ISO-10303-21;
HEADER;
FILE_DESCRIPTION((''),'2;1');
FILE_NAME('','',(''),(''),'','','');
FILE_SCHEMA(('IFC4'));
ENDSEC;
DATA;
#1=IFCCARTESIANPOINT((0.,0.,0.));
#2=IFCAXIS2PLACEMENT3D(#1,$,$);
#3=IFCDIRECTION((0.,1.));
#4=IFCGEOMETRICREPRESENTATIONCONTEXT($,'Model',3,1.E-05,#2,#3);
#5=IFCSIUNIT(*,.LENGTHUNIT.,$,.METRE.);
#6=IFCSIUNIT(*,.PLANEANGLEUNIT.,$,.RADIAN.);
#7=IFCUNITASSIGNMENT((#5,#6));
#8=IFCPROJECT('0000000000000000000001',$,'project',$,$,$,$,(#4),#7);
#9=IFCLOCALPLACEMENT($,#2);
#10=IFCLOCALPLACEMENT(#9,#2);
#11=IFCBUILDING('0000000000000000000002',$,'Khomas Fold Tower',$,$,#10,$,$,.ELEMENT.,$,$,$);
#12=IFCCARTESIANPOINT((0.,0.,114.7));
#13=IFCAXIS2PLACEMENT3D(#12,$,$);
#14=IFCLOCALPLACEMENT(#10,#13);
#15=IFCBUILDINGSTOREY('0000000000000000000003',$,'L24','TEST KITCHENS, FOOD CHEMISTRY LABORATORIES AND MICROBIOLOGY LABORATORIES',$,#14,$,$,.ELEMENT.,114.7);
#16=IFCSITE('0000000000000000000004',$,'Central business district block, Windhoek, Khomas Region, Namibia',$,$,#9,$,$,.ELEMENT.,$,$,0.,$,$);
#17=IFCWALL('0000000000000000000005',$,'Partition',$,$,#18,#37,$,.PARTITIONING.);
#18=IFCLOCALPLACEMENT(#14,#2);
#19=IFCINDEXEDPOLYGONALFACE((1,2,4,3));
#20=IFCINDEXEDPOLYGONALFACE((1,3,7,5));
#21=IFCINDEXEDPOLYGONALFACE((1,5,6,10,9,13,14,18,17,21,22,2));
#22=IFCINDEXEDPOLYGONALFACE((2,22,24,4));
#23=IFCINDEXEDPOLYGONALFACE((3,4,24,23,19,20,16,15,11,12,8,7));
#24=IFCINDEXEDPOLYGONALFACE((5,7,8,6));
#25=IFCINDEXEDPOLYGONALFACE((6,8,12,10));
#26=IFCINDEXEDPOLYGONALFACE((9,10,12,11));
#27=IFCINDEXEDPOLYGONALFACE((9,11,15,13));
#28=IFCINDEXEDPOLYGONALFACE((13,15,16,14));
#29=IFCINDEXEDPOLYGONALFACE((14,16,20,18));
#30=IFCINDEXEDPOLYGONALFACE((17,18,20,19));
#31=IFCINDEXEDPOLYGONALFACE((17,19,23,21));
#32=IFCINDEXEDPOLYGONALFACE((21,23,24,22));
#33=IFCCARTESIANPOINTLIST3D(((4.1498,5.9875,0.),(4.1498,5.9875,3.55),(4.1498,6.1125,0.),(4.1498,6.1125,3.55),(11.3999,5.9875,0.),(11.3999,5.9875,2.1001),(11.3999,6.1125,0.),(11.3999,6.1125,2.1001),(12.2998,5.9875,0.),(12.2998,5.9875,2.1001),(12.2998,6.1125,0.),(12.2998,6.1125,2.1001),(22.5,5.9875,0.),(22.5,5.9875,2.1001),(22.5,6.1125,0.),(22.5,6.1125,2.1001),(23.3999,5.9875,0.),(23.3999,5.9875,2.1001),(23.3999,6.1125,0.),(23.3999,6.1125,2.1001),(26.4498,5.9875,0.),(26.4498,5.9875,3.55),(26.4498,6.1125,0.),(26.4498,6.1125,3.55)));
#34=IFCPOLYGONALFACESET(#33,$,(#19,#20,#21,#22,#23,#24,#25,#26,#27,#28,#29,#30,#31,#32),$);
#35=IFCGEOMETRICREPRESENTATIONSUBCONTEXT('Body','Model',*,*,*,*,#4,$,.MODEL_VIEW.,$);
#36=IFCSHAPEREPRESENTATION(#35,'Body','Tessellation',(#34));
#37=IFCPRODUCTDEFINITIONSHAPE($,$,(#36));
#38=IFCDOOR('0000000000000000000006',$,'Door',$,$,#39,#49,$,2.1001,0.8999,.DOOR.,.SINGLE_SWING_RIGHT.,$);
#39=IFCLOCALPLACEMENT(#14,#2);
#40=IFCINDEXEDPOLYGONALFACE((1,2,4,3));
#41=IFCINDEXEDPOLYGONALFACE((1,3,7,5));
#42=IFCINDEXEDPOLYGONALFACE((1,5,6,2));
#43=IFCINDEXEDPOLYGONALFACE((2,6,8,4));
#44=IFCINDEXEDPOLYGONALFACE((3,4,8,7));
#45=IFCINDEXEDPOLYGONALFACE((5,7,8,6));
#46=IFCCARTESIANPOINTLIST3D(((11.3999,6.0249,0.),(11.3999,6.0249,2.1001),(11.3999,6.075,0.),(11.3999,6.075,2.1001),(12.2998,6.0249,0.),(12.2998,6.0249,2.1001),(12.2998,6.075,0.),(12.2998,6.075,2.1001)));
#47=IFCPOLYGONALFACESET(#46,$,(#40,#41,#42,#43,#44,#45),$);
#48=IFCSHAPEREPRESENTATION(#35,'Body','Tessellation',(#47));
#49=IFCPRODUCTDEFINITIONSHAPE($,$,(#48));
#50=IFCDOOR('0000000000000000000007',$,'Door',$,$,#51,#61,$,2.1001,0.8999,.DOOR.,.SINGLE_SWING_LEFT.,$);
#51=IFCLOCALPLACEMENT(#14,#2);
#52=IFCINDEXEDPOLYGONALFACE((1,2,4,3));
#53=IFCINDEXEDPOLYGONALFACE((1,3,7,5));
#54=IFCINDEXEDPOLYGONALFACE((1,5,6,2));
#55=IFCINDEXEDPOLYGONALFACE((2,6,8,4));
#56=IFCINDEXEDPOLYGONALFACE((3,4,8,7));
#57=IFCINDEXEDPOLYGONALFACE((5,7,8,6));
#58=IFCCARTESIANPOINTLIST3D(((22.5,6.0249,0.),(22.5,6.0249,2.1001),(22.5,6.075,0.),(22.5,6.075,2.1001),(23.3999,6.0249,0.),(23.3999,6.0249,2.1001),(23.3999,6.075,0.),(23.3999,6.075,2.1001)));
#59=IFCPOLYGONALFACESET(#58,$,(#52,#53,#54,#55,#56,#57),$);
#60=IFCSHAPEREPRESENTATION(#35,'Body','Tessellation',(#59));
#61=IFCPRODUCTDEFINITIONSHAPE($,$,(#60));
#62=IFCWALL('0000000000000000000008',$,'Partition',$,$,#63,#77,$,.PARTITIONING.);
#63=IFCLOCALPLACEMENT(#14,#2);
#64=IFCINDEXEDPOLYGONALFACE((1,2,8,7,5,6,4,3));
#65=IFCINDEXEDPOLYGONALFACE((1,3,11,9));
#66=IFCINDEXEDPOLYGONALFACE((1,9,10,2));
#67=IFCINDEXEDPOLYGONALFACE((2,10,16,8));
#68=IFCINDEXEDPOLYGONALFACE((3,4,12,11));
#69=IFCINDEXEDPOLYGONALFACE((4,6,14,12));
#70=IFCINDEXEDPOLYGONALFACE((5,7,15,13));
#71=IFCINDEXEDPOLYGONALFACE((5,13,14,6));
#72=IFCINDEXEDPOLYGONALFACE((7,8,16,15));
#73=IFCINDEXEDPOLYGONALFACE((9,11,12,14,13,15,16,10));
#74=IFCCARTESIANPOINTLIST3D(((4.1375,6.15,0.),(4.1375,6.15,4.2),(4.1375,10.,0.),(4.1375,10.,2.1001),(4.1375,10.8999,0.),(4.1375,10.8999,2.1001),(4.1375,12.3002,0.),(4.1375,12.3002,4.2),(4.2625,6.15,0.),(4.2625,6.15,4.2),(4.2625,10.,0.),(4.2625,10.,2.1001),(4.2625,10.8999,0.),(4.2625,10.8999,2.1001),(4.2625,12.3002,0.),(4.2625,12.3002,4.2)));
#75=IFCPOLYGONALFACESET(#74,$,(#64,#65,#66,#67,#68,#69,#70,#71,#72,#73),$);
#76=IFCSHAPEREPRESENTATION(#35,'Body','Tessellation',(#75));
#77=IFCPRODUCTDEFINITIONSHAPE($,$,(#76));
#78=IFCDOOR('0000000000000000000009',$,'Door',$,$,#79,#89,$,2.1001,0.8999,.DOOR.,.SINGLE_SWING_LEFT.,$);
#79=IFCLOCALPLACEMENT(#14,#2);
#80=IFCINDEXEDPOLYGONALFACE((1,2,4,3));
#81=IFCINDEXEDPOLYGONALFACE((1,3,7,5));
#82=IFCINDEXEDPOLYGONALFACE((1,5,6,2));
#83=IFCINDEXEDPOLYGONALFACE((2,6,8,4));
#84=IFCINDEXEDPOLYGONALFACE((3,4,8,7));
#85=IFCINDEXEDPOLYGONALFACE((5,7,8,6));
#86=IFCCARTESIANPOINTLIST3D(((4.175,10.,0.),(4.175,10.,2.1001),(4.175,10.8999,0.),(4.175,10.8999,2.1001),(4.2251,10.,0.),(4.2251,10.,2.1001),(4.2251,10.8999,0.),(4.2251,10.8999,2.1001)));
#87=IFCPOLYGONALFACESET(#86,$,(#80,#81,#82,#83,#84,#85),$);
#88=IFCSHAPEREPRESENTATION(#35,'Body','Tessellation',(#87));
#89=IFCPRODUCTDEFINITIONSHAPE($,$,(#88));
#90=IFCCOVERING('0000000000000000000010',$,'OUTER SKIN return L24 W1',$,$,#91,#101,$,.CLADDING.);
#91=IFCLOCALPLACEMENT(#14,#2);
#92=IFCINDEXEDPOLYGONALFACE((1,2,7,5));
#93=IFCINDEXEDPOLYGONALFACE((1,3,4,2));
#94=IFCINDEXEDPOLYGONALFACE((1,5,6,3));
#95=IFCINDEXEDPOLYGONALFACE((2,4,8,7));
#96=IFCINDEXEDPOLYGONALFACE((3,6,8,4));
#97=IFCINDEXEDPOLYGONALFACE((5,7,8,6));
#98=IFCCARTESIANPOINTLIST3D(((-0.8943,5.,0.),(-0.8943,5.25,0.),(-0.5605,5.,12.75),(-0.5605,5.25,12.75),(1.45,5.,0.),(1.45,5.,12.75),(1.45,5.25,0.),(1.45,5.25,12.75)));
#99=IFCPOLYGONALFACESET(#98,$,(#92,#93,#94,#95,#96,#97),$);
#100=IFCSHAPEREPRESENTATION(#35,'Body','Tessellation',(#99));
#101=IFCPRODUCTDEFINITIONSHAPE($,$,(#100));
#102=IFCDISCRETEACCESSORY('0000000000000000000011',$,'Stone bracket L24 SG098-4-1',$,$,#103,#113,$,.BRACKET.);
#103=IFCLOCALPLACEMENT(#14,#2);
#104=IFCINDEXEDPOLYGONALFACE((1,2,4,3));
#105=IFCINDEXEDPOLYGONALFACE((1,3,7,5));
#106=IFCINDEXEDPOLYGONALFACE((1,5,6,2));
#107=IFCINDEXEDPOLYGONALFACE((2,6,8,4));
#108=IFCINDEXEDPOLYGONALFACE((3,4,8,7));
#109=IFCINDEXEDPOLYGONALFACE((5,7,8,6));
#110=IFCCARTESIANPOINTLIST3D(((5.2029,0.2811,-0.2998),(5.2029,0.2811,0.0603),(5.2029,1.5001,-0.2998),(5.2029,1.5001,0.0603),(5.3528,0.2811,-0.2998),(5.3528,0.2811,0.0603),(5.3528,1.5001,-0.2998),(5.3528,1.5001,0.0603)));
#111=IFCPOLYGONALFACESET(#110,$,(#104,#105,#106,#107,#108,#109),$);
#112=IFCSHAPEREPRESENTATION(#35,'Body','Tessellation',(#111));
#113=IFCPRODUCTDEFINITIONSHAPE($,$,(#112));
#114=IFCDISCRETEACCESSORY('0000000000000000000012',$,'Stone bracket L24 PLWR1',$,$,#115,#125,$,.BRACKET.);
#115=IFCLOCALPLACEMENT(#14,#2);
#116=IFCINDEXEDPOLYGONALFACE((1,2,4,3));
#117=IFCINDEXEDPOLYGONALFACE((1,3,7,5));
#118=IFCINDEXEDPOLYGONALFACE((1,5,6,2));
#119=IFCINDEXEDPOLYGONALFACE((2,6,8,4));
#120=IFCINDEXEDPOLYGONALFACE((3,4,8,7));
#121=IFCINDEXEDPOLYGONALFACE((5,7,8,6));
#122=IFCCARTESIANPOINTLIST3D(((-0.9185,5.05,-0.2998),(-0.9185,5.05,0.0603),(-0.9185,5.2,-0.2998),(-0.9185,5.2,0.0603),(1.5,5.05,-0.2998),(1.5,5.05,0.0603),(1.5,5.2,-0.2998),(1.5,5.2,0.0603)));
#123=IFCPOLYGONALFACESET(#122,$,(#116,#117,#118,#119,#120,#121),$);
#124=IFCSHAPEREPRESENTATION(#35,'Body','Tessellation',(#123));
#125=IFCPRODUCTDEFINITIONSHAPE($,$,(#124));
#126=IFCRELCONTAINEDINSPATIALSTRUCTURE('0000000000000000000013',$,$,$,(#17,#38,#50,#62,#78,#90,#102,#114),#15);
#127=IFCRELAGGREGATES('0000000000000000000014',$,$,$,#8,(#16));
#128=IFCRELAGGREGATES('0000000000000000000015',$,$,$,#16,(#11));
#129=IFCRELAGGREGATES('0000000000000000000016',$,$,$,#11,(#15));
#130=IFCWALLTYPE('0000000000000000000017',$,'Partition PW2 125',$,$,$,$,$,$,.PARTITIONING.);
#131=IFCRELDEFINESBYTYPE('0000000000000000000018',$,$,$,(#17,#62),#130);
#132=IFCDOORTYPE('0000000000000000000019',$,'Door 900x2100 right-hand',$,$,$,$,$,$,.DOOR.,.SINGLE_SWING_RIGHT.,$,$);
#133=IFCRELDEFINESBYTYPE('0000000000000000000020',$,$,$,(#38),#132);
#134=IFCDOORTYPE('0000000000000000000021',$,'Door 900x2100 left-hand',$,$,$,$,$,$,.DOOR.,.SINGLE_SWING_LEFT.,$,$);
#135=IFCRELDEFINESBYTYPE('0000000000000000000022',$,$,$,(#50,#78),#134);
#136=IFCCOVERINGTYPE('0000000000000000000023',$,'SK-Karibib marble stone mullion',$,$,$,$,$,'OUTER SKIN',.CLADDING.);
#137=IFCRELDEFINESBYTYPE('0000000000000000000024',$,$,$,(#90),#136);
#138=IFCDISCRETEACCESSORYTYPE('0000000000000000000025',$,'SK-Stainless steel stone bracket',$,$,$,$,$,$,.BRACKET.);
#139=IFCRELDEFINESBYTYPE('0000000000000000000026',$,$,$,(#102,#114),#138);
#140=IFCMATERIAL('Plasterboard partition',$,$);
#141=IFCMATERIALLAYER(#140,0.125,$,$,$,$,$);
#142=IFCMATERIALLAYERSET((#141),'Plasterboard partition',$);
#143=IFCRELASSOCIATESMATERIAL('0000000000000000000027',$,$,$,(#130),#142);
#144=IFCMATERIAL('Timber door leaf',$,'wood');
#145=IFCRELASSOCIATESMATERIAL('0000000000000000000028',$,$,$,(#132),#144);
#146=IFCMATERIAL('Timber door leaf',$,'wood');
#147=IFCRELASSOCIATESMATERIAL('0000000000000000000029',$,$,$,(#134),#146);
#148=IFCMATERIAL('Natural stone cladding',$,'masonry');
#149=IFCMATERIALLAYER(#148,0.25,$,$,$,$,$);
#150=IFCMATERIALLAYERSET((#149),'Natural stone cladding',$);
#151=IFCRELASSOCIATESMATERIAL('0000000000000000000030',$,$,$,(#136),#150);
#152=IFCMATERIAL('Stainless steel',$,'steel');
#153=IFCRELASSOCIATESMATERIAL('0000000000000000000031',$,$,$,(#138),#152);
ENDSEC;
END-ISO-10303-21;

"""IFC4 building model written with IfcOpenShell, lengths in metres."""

from ifc_helpers import new_model, si_unit, direction, frame, frame_2d, origin, origin_2d, place, context, subcontext, project, spatial, polyline, rectangle, outline, extrude, source, transform, mapped, material, layer, layer_set, type_object, element, fill, save


model = new_model("IFC4")

# Units and contexts
model_context = context("Model", 3, precision=1e-05, world=origin(), true_north=direction((0.0, 1.0)))
body_context = subcontext(model_context, "Body", "Model", "MODEL_VIEW")
ifc_project = project(units=[si_unit("LENGTHUNIT", "METRE"), si_unit("PLANEANGLEUNIT", "RADIAN")], contexts=[model_context])

# Site, building, storey
site_placement = place(None, origin())
site = spatial("IfcSite", under=ifc_project, at=site_placement, Name="Central business district block, Windhoek, Khomas Region, Namibia", CompositionType="ELEMENT", RefElevation=0.0)
building_placement = place(site_placement, origin())
building = spatial("IfcBuilding", under=site, at=building_placement, Name="Khomas Fold Tower", CompositionType="ELEMENT")
storey_placement = place(building_placement, frame((0.0, 0.0, 114.7)))
storey = spatial("IfcBuildingStorey", under=building, at=storey_placement, Name="L24", Description="TEST KITCHENS, FOOD CHEMISTRY LABORATORIES AND MICROBIOLOGY LABORATORIES", CompositionType="ELEMENT", Elevation=114.7)

# Wall, openings, doors
ifc_material_1 = material(Name="Plasterboard partition")
ifc_layer_1 = layer(ifc_material_1, 0.125)
ifc_layer_set_1 = layer_set([ifc_layer_1], Name="Plasterboard partition")
wall_type_1 = type_object("IfcWallType", Name="Partition PW2 125", PredefinedType="PARTITIONING", material=ifc_layer_set_1)
shared_shape_1 = source(origin(), body_context, "Body", "SweptSolid", [
    extrude(rectangle(XDim=22.3, YDim=0.125, at=frame_2d((11.1499, 0.0))), origin(), (0.0, 0.0, 1.0), 3.55),
])
wall_1_placement = place(storey_placement, frame((4.1499, 6.05, 0.0), z_axis=(0.0, 0.0, 1.0), x_axis=(1.0, 0.0, 0.0)))
wall_1 = element("IfcWall", 1, at=wall_1_placement, inside=storey, type_object=wall_type_1, Name="Partition", PredefinedType="PARTITIONING", context=body_context, shape_type="MappedRepresentation", body=[
    mapped(shared_shape_1, transform((0.0, 0.0, 0.0))),
])
shared_shape_2 = source(origin(), body_context, "Body", "SweptSolid", [
    extrude(rectangle(XDim=0.8999, YDim=2.1001, at=frame_2d((0.45, 1.05))), frame((0.0, 0.0725, 0.0), z_axis=(0.0, -1.0, 0.0), x_axis=(1.0, 0.0, 0.0)), (0.0, 0.0, 1.0), 0.145),
])
opening_1_placement = place(wall_1_placement, frame((7.25, 0.0, 0.0)))
opening_1 = element("IfcOpeningElement", 2, at=opening_1_placement, cuts=wall_1, PredefinedType="OPENING", context=body_context, shape_type="MappedRepresentation", body=[
    mapped(shared_shape_2, transform((0.0, 0.0, 0.0))),
])
opening_2_placement = place(wall_1_placement, frame((18.3501, 0.0, 0.0)))
opening_2 = element("IfcOpeningElement", 3, at=opening_2_placement, cuts=wall_1, PredefinedType="OPENING", context=body_context, shape_type="MappedRepresentation", body=[
    mapped(shared_shape_2, transform((0.0, 0.0, 0.0))),
])
ifc_material_2 = material(Name="Timber door leaf", Category="wood")
door_type_1 = type_object("IfcDoorType", Name="Door 900x2100 right-hand", OperationType="SINGLE_SWING_RIGHT", PredefinedType="DOOR", material=ifc_material_2)
shared_shape_3 = source(origin(), body_context, "Body", "SweptSolid", [
    extrude(rectangle(XDim=0.8999, YDim=2.1001, at=frame_2d((0.45, 1.05))), frame((0.0, 0.0249, 0.0), z_axis=(0.0, -1.0, 0.0), x_axis=(1.0, 0.0, 0.0)), (0.0, 0.0, 1.0), 0.05),
])
door_1_placement = place(opening_1_placement, origin())
door_1 = element("IfcDoor", 4, at=door_1_placement, inside=storey, type_object=door_type_1, Name="Door", OperationType="SINGLE_SWING_RIGHT", OverallHeight=2.1001, OverallWidth=0.8999, PredefinedType="DOOR", context=body_context, shape_type="MappedRepresentation", body=[
    mapped(shared_shape_3, transform((0.0, 0.0, 0.0))),
])
fill(opening_1, door_1)
ifc_material_3 = material(Name="Timber door leaf", Category="wood")
door_type_2 = type_object("IfcDoorType", Name="Door 900x2100 left-hand", OperationType="SINGLE_SWING_LEFT", PredefinedType="DOOR", material=ifc_material_3)
door_2_placement = place(opening_2_placement, origin())
door_2 = element("IfcDoor", 5, at=door_2_placement, inside=storey, type_object=door_type_2, Name="Door", OperationType="SINGLE_SWING_LEFT", OverallHeight=2.1001, OverallWidth=0.8999, PredefinedType="DOOR", context=body_context, shape_type="MappedRepresentation", body=[
    mapped(shared_shape_3, transform((0.0, 0.0, 0.0))),
])
fill(opening_2, door_2)

# Wall, opening, door
shared_shape_4 = source(origin(), body_context, "Body", "SweptSolid", [
    extrude(rectangle(XDim=6.1501, YDim=0.125, at=frame_2d((3.0752, 0.0))), origin(), (0.0, 0.0, 1.0), 4.2),
])
wall_2_placement = place(storey_placement, frame((4.2, 6.1499, 0.0), z_axis=(0.0, 0.0, 1.0), x_axis=(0.0, 1.0, 0.0)))
wall_2 = element("IfcWall", 6, at=wall_2_placement, inside=storey, type_object=wall_type_1, Name="Partition", PredefinedType="PARTITIONING", context=body_context, shape_type="MappedRepresentation", body=[
    mapped(shared_shape_4, transform((0.0, 0.0, 0.0))),
])
opening_3_placement = place(wall_2_placement, frame((3.8501, 0.0, 0.0)))
opening_3 = element("IfcOpeningElement", 7, at=opening_3_placement, cuts=wall_2, PredefinedType="OPENING", context=body_context, shape_type="MappedRepresentation", body=[
    mapped(shared_shape_2, transform((0.0, 0.0, 0.0))),
])
door_3_placement = place(opening_3_placement, origin())
door_3 = element("IfcDoor", 8, at=door_3_placement, inside=storey, type_object=door_type_2, Name="Door", OperationType="SINGLE_SWING_LEFT", OverallHeight=2.1001, OverallWidth=0.8999, PredefinedType="DOOR", context=body_context, shape_type="MappedRepresentation", body=[
    mapped(shared_shape_3, transform((0.0, 0.0, 0.0))),
])
fill(opening_3, door_3)

# Covering
ifc_material_4 = material(Name="Natural stone cladding", Category="masonry")
ifc_layer_2 = layer(ifc_material_4, 0.25)
ifc_layer_set_2 = layer_set([ifc_layer_2], Name="Natural stone cladding")
covering_type = type_object("IfcCoveringType", Name="SK-Karibib marble stone mullion", ElementType="OUTER SKIN", PredefinedType="CLADDING", material=ifc_layer_set_2)
covering_placement = place(storey_placement, frame((1.45, 5.0, 12.75), z_axis=(0.0, -1.0, 0.0), x_axis=(-1.0, 0.0, 0.0)))
element("IfcCovering", 9, at=covering_placement, inside=storey, type_object=covering_type, Name="OUTER SKIN return L24 W1", PredefinedType="CLADDING", context=body_context, shape_type="SweptSolid", body=[
    extrude(outline(polyline([(0.0, 0.0), (2.0105, 0.0), (2.3442, 12.75), (0.0, 12.75), (0.0, 0.0)])), origin(), (0.0, 0.0, -1.0), 0.25),
])

# Discrete accessories
ifc_material_5 = material(Name="Stainless steel", Category="steel")
discrete_accessory_type = type_object("IfcDiscreteAccessoryType", Name="SK-Stainless steel stone bracket", PredefinedType="BRACKET", material=ifc_material_5)
shared_shape_5 = source(origin(), body_context, "Body", "SweptSolid", [
    extrude(rectangle(XDim=1.219, YDim=0.1499, at=origin_2d()), origin(), (0.0, 0.0, 1.0), 0.3601),
])
discrete_accessory_1_placement = place(storey_placement, frame((5.2778, 0.8906, -0.2998), z_axis=(0.0, 0.0, 1.0), x_axis=(0.0, -1.0, 0.0)))
element("IfcDiscreteAccessory", 10, at=discrete_accessory_1_placement, inside=storey, type_object=discrete_accessory_type, Name="Stone bracket L24 SG098-4-1", PredefinedType="BRACKET", context=body_context, shape_type="MappedRepresentation", body=[
    mapped(shared_shape_5, transform((0.0, 0.0, 0.0))),
])
shared_shape_6 = source(origin(), body_context, "Body", "SweptSolid", [
    extrude(rectangle(XDim=2.4185, YDim=0.1499, at=origin_2d()), origin(), (0.0, 0.0, 1.0), 0.3601),
])
discrete_accessory_2_placement = place(storey_placement, frame((0.2908, 5.125, -0.2998), z_axis=(0.0, 0.0, 1.0), x_axis=(-1.0, 0.0, 0.0)))
element("IfcDiscreteAccessory", 11, at=discrete_accessory_2_placement, inside=storey, type_object=discrete_accessory_type, Name="Stone bracket L24 PLWR1", PredefinedType="BRACKET", context=body_context, shape_type="MappedRepresentation", body=[
    mapped(shared_shape_6, transform((0.0, 0.0, 0.0))),
])

save(model, "model.ifc")
